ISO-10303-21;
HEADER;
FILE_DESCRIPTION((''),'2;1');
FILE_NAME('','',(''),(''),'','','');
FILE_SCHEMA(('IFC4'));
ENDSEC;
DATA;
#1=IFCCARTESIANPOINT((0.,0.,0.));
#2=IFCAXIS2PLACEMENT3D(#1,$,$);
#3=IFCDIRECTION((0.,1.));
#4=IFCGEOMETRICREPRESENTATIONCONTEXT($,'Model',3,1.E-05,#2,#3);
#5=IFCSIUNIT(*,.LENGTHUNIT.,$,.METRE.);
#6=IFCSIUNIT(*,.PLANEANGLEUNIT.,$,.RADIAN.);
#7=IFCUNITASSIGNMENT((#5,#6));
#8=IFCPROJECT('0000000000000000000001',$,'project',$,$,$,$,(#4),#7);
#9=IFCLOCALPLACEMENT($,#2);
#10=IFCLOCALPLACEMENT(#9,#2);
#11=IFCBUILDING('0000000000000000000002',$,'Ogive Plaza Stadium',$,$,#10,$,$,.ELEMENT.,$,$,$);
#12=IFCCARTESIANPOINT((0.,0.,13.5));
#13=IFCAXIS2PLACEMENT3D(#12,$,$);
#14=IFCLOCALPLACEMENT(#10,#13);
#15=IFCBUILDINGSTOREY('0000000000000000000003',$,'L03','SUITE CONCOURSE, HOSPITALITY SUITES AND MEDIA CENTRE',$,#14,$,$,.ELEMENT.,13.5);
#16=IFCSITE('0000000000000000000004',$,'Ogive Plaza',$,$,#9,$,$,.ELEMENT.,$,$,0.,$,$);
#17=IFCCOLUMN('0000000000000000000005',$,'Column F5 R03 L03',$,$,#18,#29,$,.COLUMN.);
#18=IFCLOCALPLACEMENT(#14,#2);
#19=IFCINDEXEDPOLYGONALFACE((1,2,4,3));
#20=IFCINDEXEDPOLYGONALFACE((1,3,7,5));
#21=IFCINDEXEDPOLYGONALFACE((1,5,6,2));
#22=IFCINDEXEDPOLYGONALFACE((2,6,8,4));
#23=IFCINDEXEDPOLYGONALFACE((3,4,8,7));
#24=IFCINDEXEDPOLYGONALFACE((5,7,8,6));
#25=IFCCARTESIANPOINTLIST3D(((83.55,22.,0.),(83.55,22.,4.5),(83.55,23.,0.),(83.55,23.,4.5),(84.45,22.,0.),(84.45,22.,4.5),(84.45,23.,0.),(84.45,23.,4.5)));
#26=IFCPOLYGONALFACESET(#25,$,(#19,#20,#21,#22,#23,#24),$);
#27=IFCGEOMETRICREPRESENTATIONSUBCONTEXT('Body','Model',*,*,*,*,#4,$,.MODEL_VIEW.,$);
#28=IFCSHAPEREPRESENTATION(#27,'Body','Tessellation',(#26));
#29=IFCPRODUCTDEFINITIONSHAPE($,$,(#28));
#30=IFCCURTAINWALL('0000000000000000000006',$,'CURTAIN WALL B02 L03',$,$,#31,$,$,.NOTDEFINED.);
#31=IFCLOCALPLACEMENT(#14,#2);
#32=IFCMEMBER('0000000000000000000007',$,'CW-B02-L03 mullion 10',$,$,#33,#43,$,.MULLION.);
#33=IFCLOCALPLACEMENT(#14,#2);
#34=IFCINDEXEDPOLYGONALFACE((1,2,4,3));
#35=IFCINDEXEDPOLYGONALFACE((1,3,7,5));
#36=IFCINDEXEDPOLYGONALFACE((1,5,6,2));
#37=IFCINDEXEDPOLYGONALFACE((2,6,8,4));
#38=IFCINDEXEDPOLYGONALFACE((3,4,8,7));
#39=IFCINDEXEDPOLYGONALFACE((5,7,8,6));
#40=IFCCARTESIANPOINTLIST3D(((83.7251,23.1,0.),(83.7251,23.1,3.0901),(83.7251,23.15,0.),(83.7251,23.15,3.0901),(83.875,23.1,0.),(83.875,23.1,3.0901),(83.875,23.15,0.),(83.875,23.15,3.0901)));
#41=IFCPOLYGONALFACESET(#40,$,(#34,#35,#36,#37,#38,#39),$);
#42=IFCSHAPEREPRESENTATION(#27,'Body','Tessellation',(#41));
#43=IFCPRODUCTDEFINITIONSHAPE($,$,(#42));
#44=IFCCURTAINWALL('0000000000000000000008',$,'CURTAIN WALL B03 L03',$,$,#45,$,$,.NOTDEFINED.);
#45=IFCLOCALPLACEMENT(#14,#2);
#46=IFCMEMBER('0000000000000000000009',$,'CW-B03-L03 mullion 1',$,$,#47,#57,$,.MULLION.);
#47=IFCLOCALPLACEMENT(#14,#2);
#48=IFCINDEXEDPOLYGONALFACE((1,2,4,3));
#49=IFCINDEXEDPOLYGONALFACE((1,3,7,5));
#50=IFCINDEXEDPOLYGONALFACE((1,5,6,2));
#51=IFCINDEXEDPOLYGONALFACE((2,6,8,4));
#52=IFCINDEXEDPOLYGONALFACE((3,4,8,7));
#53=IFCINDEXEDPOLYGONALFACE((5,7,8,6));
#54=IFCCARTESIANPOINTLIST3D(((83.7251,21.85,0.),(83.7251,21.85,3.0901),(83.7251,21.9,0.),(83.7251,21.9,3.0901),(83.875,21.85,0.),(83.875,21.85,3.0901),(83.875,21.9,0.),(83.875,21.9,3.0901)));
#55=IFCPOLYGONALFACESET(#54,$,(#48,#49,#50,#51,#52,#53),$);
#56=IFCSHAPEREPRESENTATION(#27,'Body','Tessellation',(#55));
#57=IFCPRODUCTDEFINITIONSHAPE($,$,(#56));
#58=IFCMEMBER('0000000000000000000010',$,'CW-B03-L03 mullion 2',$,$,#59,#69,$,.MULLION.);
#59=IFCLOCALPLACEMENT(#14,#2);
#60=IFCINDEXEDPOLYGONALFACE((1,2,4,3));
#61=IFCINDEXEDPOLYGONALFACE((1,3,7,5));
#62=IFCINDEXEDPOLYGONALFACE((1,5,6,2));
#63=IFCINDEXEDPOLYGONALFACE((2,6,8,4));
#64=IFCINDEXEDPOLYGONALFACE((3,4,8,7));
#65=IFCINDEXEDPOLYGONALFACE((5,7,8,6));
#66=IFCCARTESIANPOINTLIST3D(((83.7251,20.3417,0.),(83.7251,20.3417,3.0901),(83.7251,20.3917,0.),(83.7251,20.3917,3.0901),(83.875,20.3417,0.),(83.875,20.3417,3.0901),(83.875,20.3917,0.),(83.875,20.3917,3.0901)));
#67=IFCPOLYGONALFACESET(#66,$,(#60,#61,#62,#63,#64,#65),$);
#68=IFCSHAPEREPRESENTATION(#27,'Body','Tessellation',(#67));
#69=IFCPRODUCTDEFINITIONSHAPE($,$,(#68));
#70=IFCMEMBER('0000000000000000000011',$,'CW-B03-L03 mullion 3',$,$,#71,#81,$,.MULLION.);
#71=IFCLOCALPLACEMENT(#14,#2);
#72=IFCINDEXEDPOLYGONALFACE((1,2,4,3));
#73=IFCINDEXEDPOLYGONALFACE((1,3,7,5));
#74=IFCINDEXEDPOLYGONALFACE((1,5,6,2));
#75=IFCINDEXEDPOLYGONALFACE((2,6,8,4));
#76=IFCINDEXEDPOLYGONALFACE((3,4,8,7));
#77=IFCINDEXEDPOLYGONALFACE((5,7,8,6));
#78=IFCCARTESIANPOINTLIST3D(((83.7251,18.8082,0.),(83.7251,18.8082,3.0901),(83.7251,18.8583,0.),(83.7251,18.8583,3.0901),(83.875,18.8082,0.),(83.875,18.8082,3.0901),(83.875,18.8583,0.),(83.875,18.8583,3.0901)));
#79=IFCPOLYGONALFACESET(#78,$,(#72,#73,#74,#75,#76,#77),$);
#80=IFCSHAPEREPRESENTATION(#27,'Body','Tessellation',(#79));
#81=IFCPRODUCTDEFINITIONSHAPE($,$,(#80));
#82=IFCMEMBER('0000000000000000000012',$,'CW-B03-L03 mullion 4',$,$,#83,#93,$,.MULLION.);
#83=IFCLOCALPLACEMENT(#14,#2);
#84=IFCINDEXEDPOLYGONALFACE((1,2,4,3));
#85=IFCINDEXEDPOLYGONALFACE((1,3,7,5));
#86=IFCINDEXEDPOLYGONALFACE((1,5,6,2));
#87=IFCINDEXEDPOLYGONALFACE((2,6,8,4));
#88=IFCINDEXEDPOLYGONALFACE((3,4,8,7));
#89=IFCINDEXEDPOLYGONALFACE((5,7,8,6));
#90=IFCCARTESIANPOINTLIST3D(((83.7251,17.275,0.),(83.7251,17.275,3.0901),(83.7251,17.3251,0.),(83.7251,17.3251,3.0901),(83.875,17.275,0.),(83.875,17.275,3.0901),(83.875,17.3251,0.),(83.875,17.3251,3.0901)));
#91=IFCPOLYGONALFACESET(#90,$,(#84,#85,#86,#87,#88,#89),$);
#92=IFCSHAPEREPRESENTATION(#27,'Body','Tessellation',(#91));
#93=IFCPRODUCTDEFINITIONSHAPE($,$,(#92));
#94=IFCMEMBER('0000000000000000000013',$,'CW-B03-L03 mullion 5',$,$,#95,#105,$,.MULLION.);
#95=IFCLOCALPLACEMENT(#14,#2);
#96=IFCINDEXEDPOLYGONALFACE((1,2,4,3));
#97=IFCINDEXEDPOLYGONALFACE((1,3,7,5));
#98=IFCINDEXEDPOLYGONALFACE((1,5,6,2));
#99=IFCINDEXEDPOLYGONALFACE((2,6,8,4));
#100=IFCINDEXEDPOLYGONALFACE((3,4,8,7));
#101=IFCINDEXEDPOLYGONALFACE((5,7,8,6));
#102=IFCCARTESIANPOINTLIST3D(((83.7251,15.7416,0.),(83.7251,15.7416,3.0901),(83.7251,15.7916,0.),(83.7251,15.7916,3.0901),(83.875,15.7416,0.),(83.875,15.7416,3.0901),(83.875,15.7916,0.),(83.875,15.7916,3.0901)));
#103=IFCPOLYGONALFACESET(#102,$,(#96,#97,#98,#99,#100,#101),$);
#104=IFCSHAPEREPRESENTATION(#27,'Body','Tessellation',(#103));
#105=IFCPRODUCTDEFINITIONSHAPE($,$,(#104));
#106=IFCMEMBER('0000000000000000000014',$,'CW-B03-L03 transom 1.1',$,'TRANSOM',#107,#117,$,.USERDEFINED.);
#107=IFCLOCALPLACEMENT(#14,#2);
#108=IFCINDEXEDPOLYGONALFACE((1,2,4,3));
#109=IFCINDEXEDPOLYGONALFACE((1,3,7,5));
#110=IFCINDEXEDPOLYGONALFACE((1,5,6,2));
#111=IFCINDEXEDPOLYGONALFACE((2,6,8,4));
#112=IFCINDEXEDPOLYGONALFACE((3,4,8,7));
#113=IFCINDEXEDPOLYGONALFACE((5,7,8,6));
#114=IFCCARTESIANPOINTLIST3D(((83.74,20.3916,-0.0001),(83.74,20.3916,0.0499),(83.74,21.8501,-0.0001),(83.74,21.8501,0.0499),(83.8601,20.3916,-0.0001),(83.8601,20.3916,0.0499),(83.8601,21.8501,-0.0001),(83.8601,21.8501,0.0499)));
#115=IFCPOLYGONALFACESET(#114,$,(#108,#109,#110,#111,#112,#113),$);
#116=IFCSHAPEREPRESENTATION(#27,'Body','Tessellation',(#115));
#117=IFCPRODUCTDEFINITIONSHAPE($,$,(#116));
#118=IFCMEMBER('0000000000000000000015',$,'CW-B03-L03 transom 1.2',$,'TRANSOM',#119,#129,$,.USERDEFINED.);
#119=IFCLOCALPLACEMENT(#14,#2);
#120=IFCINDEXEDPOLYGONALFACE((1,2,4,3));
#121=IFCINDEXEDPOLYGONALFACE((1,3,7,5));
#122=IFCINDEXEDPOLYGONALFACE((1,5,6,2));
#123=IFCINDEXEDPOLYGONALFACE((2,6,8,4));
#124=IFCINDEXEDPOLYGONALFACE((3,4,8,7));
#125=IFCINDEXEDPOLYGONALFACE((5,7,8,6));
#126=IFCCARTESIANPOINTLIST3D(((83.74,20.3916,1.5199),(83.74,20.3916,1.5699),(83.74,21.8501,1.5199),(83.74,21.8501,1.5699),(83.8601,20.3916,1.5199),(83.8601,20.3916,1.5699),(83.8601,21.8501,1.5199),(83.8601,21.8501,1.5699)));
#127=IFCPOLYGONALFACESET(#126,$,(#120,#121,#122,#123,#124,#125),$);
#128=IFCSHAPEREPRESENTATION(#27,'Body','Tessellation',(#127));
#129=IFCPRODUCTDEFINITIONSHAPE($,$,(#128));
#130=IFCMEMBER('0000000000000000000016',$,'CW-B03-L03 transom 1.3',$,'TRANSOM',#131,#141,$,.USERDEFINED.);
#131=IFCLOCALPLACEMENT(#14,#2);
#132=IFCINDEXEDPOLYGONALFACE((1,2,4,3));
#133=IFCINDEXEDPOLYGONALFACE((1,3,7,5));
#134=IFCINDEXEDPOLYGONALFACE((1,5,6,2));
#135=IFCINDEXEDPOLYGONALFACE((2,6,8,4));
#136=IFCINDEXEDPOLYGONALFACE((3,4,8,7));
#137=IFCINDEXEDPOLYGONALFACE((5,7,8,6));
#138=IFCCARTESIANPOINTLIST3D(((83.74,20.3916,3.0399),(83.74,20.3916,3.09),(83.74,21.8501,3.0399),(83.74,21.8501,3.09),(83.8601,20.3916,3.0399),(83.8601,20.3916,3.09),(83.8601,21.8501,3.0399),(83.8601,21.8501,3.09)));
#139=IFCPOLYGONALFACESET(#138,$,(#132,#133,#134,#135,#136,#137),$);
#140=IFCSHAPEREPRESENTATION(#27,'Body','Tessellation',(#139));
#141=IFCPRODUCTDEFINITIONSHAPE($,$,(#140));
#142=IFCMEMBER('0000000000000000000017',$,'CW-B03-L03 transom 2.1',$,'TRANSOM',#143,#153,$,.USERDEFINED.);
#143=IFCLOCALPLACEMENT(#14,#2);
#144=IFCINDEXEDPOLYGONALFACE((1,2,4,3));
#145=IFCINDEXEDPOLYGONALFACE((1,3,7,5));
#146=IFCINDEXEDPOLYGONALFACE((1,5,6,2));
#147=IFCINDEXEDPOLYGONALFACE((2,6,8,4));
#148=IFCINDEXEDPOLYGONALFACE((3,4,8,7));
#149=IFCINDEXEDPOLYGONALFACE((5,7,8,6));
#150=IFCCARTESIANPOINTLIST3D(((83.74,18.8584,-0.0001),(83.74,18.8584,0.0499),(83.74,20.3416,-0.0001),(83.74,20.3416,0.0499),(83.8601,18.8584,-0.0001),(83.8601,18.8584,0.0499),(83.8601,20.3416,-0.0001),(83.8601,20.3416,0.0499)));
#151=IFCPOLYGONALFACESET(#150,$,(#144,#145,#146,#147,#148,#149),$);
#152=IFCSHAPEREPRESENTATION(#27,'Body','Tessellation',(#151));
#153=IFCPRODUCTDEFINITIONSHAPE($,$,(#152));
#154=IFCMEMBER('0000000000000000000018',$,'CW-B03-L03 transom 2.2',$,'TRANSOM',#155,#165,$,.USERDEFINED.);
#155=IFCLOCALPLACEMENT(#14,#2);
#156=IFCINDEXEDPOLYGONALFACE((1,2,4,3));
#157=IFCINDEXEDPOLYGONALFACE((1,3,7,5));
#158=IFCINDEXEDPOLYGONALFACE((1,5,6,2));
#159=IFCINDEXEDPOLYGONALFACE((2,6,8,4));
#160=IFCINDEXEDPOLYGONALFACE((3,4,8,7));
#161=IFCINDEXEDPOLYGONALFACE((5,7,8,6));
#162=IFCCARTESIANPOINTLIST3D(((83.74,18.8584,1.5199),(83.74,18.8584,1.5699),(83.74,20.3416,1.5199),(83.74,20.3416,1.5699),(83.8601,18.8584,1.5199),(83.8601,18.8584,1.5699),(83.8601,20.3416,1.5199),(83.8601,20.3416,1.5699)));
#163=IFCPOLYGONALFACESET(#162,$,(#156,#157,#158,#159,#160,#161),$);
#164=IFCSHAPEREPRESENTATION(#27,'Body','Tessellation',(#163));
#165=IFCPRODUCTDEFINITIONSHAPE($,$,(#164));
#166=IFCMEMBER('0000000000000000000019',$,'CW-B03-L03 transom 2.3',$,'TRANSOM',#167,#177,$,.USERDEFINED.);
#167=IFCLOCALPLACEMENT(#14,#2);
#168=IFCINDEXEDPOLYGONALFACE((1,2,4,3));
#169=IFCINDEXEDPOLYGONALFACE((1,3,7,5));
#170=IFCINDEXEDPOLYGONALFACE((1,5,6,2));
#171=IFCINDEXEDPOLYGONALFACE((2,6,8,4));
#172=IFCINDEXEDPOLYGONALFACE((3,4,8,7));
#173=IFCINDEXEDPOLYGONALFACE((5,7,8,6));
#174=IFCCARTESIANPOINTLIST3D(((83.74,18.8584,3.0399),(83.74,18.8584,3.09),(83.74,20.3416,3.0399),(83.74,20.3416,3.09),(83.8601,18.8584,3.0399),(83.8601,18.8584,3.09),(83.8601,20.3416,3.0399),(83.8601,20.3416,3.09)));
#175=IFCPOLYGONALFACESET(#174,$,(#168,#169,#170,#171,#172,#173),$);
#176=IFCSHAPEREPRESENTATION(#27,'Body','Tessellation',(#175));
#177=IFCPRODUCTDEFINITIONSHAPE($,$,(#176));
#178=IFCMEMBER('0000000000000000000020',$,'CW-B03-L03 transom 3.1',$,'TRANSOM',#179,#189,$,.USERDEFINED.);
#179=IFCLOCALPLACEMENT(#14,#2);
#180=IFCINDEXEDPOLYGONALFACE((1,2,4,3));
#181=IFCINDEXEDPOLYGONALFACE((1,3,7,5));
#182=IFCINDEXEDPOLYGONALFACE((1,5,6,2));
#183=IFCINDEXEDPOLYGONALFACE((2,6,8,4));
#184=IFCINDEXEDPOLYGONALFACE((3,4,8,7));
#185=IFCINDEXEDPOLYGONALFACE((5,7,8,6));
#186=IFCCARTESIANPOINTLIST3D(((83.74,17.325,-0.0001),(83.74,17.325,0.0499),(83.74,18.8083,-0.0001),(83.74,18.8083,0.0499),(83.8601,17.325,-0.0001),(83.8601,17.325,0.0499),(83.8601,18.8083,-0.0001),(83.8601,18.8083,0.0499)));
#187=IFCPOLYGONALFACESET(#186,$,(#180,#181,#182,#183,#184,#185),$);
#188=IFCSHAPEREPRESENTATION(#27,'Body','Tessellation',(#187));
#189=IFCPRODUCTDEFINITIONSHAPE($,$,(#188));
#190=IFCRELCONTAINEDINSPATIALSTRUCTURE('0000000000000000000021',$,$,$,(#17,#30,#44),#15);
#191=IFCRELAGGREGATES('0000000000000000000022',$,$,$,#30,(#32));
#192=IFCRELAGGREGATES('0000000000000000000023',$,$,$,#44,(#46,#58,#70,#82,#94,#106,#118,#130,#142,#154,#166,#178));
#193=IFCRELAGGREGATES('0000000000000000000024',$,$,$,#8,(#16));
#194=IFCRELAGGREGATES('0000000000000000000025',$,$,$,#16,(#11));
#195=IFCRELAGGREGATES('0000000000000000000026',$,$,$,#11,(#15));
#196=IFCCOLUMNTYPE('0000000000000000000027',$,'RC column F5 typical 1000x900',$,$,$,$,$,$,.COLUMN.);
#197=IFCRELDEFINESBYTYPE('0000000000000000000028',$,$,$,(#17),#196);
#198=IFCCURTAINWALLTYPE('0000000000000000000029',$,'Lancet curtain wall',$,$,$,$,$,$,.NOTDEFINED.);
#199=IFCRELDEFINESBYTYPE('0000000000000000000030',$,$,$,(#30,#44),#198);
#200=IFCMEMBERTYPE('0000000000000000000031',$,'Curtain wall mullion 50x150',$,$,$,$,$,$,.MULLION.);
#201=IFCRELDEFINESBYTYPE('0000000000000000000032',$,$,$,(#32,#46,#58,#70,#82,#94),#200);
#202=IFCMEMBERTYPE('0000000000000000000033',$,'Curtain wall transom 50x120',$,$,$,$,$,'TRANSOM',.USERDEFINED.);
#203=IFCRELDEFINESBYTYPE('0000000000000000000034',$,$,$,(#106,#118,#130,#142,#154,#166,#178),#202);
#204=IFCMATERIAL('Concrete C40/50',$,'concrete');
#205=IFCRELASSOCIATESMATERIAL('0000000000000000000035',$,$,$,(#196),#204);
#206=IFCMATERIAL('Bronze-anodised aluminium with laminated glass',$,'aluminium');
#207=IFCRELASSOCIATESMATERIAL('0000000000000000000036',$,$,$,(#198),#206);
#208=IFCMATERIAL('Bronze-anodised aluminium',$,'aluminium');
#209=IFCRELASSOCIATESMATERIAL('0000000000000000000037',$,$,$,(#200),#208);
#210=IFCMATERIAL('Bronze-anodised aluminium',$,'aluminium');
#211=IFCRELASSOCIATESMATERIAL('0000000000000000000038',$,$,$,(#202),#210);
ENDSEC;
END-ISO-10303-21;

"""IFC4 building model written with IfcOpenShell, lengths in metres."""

from ifc_helpers import new_model, si_unit, direction, frame, origin, origin_2d, place, context, subcontext, project, spatial, rectangle, extrude, material, material_profile, profile_set, type_object, element, aggregate, save


model = new_model("IFC4")

# Units and contexts
model_context = context("Model", 3, precision=1e-05, world=origin(), true_north=direction((0.0, 1.0)))
body_context = subcontext(model_context, "Body", "Model", "MODEL_VIEW")
ifc_project = project(units=[si_unit("LENGTHUNIT", "METRE"), si_unit("PLANEANGLEUNIT", "RADIAN")], contexts=[model_context])

# Site, building, storey
site_placement = place(None, origin())
site = spatial("IfcSite", under=ifc_project, at=site_placement, Name="Ogive Plaza", CompositionType="ELEMENT", RefElevation=0.0)
building_placement = place(site_placement, origin())
building = spatial("IfcBuilding", under=site, at=building_placement, Name="Ogive Plaza Stadium", CompositionType="ELEMENT")
storey_placement = place(building_placement, frame((0.0, 0.0, 13.5)))
storey = spatial("IfcBuildingStorey", under=building, at=storey_placement, Name="L03", Description="SUITE CONCOURSE, HOSPITALITY SUITES AND MEDIA CENTRE", CompositionType="ELEMENT", Elevation=13.5)

# Column
ifc_material_1 = material(Name="Concrete C40/50", Category="concrete")
ifc_material_profile_1 = material_profile(ifc_material_1, rectangle(XDim=1.0, YDim=0.8999, at=origin_2d()), Name="RC 1000x900")
ifc_profile_set_1 = profile_set([ifc_material_profile_1], Name="Concrete C40/50")
column_type = type_object("IfcColumnType", Name="RC column F5 typical 1000x900", PredefinedType="COLUMN", material=ifc_profile_set_1)
column_placement = place(storey_placement, frame((84.0, 22.5, 0.0), z_axis=(0.0, 0.0, 1.0), x_axis=(0.0, 1.0, 0.0)))
element("IfcColumn", 1, at=column_placement, inside=storey, type_object=column_type, Name="Column F5 R03 L03", PredefinedType="COLUMN", context=body_context, shape_type="SweptSolid", body=[
    extrude(rectangle(XDim=1.0, YDim=0.8999, at=origin_2d()), origin(), (0.0, 0.0, 1.0), 4.5),
])

# Curtain wall, member
ifc_material_2 = material(Name="Bronze-anodised aluminium with laminated glass", Category="aluminium")
curtain_wall_type = type_object("IfcCurtainWallType", Name="Lancet curtain wall", PredefinedType="NOTDEFINED", material=ifc_material_2)
curtain_wall_1_placement = place(storey_placement, origin())
curtain_wall_1 = element("IfcCurtainWall", 2, at=curtain_wall_1_placement, inside=storey, type_object=curtain_wall_type, Name="CURTAIN WALL B02 L03", PredefinedType="NOTDEFINED")
ifc_material_3 = material(Name="Bronze-anodised aluminium", Category="aluminium")
ifc_material_profile_2 = material_profile(ifc_material_3, rectangle(XDim=0.1499, YDim=0.05, at=origin_2d()), Name="AL 150x50")
ifc_profile_set_2 = profile_set([ifc_material_profile_2], Name="Bronze-anodised aluminium")
member_type_1 = type_object("IfcMemberType", Name="Curtain wall mullion 50x150", PredefinedType="MULLION", material=ifc_profile_set_2)
member_1_placement = place(storey_placement, frame((83.8, 23.125, 0.0), z_axis=(0.0, 0.0, 1.0), x_axis=(1.0, 0.0, 0.0)))
member_1 = element("IfcMember", 3, at=member_1_placement, type_object=member_type_1, Name="CW-B02-L03 mullion 10", PredefinedType="MULLION", context=body_context, shape_type="SweptSolid", body=[
    extrude(rectangle(XDim=0.1499, YDim=0.05, at=origin_2d()), origin(), (0.0, 0.0, 1.0), 3.0901),
])

# Curtain wall, members
curtain_wall_2_placement = place(storey_placement, origin())
curtain_wall_2 = element("IfcCurtainWall", 4, at=curtain_wall_2_placement, inside=storey, type_object=curtain_wall_type, Name="CURTAIN WALL B03 L03", PredefinedType="NOTDEFINED")
member_2_placement = place(storey_placement, frame((83.8, 21.875, 0.0), z_axis=(0.0, 0.0, 1.0), x_axis=(1.0, 0.0, 0.0)))
member_2 = element("IfcMember", 5, at=member_2_placement, type_object=member_type_1, Name="CW-B03-L03 mullion 1", PredefinedType="MULLION", context=body_context, shape_type="SweptSolid", body=[
    extrude(rectangle(XDim=0.1499, YDim=0.05, at=origin_2d()), origin(), (0.0, 0.0, 1.0), 3.0901),
])
member_3_placement = place(storey_placement, frame((83.8, 20.3667, 0.0), z_axis=(0.0, 0.0, 1.0), x_axis=(1.0, 0.0, 0.0)))
member_3 = element("IfcMember", 6, at=member_3_placement, type_object=member_type_1, Name="CW-B03-L03 mullion 2", PredefinedType="MULLION", context=body_context, shape_type="SweptSolid", body=[
    extrude(rectangle(XDim=0.1499, YDim=0.05, at=origin_2d()), origin(), (0.0, 0.0, 1.0), 3.0901),
])
member_4_placement = place(storey_placement, frame((83.8, 18.8333, 0.0), z_axis=(0.0, 0.0, 1.0), x_axis=(1.0, 0.0, 0.0)))
member_4 = element("IfcMember", 7, at=member_4_placement, type_object=member_type_1, Name="CW-B03-L03 mullion 3", PredefinedType="MULLION", context=body_context, shape_type="SweptSolid", body=[
    extrude(rectangle(XDim=0.1499, YDim=0.05, at=origin_2d()), origin(), (0.0, 0.0, 1.0), 3.0901),
])
member_5_placement = place(storey_placement, frame((83.8, 17.3, 0.0), z_axis=(0.0, 0.0, 1.0), x_axis=(1.0, 0.0, 0.0)))
member_5 = element("IfcMember", 8, at=member_5_placement, type_object=member_type_1, Name="CW-B03-L03 mullion 4", PredefinedType="MULLION", context=body_context, shape_type="SweptSolid", body=[
    extrude(rectangle(XDim=0.1499, YDim=0.05, at=origin_2d()), origin(), (0.0, 0.0, 1.0), 3.0901),
])
member_6_placement = place(storey_placement, frame((83.8, 15.7666, 0.0), z_axis=(0.0, 0.0, 1.0), x_axis=(1.0, 0.0, 0.0)))
member_6 = element("IfcMember", 9, at=member_6_placement, type_object=member_type_1, Name="CW-B03-L03 mullion 5", PredefinedType="MULLION", context=body_context, shape_type="SweptSolid", body=[
    extrude(rectangle(XDim=0.1499, YDim=0.05, at=origin_2d()), origin(), (0.0, 0.0, 1.0), 3.0901),
])
ifc_material_4 = material(Name="Bronze-anodised aluminium", Category="aluminium")
ifc_material_profile_3 = material_profile(ifc_material_4, rectangle(XDim=0.1201, YDim=0.05, at=origin_2d()), Name="AL 120x50")
ifc_profile_set_3 = profile_set([ifc_material_profile_3], Name="Bronze-anodised aluminium")
member_type_2 = type_object("IfcMemberType", Name="Curtain wall transom 50x120", ElementType="TRANSOM", PredefinedType="USERDEFINED", material=ifc_profile_set_3)
member_7_placement = place(storey_placement, frame((83.8, 21.8501, 0.0249), z_axis=(0.0, -1.0, 0.0), x_axis=(1.0, 0.0, 0.0)))
member_7 = element("IfcMember", 10, at=member_7_placement, type_object=member_type_2, Name="CW-B03-L03 transom 1.1", ObjectType="TRANSOM", PredefinedType="USERDEFINED", context=body_context, shape_type="SweptSolid", body=[
    extrude(rectangle(XDim=0.1201, YDim=0.05, at=origin_2d()), origin(), (0.0, 0.0, 1.0), 1.4585),
])
member_8_placement = place(storey_placement, frame((83.8, 21.8501, 1.5449), z_axis=(0.0, -1.0, 0.0), x_axis=(1.0, 0.0, 0.0)))
member_8 = element("IfcMember", 11, at=member_8_placement, type_object=member_type_2, Name="CW-B03-L03 transom 1.2", ObjectType="TRANSOM", PredefinedType="USERDEFINED", context=body_context, shape_type="SweptSolid", body=[
    extrude(rectangle(XDim=0.1201, YDim=0.05, at=origin_2d()), origin(), (0.0, 0.0, 1.0), 1.4585),
])
member_9_placement = place(storey_placement, frame((83.8, 21.8501, 3.0649), z_axis=(0.0, -1.0, 0.0), x_axis=(1.0, 0.0, 0.0)))
member_9 = element("IfcMember", 12, at=member_9_placement, type_object=member_type_2, Name="CW-B03-L03 transom 1.3", ObjectType="TRANSOM", PredefinedType="USERDEFINED", context=body_context, shape_type="SweptSolid", body=[
    extrude(rectangle(XDim=0.1201, YDim=0.05, at=origin_2d()), origin(), (0.0, 0.0, 1.0), 1.4585),
])
member_10_placement = place(storey_placement, frame((83.8, 20.3416, 0.0249), z_axis=(0.0, -1.0, 0.0), x_axis=(1.0, 0.0, 0.0)))
member_10 = element("IfcMember", 13, at=member_10_placement, type_object=member_type_2, Name="CW-B03-L03 transom 2.1", ObjectType="TRANSOM", PredefinedType="USERDEFINED", context=body_context, shape_type="SweptSolid", body=[
    extrude(rectangle(XDim=0.1201, YDim=0.05, at=origin_2d()), origin(), (0.0, 0.0, 1.0), 1.4832),
])
member_11_placement = place(storey_placement, frame((83.8, 20.3416, 1.5449), z_axis=(0.0, -1.0, 0.0), x_axis=(1.0, 0.0, 0.0)))
member_11 = element("IfcMember", 14, at=member_11_placement, type_object=member_type_2, Name="CW-B03-L03 transom 2.2", ObjectType="TRANSOM", PredefinedType="USERDEFINED", context=body_context, shape_type="SweptSolid", body=[
    extrude(rectangle(XDim=0.1201, YDim=0.05, at=origin_2d()), origin(), (0.0, 0.0, 1.0), 1.4832),
])
member_12_placement = place(storey_placement, frame((83.8, 20.3416, 3.0649), z_axis=(0.0, -1.0, 0.0), x_axis=(1.0, 0.0, 0.0)))
member_12 = element("IfcMember", 15, at=member_12_placement, type_object=member_type_2, Name="CW-B03-L03 transom 2.3", ObjectType="TRANSOM", PredefinedType="USERDEFINED", context=body_context, shape_type="SweptSolid", body=[
    extrude(rectangle(XDim=0.1201, YDim=0.05, at=origin_2d()), origin(), (0.0, 0.0, 1.0), 1.4832),
])
member_13_placement = place(storey_placement, frame((83.8, 18.8083, 0.0249), z_axis=(0.0, -1.0, 0.0), x_axis=(1.0, 0.0, 0.0)))
member_13 = element("IfcMember", 16, at=member_13_placement, type_object=member_type_2, Name="CW-B03-L03 transom 3.1", ObjectType="TRANSOM", PredefinedType="USERDEFINED", context=body_context, shape_type="SweptSolid", body=[
    extrude(rectangle(XDim=0.1201, YDim=0.05, at=origin_2d()), origin(), (0.0, 0.0, 1.0), 1.4834),
])

aggregate(curtain_wall_1, [member_1])
aggregate(curtain_wall_2, [member_2, member_3, member_4, member_5, member_6, member_7, member_8, member_9, member_10, member_11, member_12, member_13])

save(model, "model.ifc")
